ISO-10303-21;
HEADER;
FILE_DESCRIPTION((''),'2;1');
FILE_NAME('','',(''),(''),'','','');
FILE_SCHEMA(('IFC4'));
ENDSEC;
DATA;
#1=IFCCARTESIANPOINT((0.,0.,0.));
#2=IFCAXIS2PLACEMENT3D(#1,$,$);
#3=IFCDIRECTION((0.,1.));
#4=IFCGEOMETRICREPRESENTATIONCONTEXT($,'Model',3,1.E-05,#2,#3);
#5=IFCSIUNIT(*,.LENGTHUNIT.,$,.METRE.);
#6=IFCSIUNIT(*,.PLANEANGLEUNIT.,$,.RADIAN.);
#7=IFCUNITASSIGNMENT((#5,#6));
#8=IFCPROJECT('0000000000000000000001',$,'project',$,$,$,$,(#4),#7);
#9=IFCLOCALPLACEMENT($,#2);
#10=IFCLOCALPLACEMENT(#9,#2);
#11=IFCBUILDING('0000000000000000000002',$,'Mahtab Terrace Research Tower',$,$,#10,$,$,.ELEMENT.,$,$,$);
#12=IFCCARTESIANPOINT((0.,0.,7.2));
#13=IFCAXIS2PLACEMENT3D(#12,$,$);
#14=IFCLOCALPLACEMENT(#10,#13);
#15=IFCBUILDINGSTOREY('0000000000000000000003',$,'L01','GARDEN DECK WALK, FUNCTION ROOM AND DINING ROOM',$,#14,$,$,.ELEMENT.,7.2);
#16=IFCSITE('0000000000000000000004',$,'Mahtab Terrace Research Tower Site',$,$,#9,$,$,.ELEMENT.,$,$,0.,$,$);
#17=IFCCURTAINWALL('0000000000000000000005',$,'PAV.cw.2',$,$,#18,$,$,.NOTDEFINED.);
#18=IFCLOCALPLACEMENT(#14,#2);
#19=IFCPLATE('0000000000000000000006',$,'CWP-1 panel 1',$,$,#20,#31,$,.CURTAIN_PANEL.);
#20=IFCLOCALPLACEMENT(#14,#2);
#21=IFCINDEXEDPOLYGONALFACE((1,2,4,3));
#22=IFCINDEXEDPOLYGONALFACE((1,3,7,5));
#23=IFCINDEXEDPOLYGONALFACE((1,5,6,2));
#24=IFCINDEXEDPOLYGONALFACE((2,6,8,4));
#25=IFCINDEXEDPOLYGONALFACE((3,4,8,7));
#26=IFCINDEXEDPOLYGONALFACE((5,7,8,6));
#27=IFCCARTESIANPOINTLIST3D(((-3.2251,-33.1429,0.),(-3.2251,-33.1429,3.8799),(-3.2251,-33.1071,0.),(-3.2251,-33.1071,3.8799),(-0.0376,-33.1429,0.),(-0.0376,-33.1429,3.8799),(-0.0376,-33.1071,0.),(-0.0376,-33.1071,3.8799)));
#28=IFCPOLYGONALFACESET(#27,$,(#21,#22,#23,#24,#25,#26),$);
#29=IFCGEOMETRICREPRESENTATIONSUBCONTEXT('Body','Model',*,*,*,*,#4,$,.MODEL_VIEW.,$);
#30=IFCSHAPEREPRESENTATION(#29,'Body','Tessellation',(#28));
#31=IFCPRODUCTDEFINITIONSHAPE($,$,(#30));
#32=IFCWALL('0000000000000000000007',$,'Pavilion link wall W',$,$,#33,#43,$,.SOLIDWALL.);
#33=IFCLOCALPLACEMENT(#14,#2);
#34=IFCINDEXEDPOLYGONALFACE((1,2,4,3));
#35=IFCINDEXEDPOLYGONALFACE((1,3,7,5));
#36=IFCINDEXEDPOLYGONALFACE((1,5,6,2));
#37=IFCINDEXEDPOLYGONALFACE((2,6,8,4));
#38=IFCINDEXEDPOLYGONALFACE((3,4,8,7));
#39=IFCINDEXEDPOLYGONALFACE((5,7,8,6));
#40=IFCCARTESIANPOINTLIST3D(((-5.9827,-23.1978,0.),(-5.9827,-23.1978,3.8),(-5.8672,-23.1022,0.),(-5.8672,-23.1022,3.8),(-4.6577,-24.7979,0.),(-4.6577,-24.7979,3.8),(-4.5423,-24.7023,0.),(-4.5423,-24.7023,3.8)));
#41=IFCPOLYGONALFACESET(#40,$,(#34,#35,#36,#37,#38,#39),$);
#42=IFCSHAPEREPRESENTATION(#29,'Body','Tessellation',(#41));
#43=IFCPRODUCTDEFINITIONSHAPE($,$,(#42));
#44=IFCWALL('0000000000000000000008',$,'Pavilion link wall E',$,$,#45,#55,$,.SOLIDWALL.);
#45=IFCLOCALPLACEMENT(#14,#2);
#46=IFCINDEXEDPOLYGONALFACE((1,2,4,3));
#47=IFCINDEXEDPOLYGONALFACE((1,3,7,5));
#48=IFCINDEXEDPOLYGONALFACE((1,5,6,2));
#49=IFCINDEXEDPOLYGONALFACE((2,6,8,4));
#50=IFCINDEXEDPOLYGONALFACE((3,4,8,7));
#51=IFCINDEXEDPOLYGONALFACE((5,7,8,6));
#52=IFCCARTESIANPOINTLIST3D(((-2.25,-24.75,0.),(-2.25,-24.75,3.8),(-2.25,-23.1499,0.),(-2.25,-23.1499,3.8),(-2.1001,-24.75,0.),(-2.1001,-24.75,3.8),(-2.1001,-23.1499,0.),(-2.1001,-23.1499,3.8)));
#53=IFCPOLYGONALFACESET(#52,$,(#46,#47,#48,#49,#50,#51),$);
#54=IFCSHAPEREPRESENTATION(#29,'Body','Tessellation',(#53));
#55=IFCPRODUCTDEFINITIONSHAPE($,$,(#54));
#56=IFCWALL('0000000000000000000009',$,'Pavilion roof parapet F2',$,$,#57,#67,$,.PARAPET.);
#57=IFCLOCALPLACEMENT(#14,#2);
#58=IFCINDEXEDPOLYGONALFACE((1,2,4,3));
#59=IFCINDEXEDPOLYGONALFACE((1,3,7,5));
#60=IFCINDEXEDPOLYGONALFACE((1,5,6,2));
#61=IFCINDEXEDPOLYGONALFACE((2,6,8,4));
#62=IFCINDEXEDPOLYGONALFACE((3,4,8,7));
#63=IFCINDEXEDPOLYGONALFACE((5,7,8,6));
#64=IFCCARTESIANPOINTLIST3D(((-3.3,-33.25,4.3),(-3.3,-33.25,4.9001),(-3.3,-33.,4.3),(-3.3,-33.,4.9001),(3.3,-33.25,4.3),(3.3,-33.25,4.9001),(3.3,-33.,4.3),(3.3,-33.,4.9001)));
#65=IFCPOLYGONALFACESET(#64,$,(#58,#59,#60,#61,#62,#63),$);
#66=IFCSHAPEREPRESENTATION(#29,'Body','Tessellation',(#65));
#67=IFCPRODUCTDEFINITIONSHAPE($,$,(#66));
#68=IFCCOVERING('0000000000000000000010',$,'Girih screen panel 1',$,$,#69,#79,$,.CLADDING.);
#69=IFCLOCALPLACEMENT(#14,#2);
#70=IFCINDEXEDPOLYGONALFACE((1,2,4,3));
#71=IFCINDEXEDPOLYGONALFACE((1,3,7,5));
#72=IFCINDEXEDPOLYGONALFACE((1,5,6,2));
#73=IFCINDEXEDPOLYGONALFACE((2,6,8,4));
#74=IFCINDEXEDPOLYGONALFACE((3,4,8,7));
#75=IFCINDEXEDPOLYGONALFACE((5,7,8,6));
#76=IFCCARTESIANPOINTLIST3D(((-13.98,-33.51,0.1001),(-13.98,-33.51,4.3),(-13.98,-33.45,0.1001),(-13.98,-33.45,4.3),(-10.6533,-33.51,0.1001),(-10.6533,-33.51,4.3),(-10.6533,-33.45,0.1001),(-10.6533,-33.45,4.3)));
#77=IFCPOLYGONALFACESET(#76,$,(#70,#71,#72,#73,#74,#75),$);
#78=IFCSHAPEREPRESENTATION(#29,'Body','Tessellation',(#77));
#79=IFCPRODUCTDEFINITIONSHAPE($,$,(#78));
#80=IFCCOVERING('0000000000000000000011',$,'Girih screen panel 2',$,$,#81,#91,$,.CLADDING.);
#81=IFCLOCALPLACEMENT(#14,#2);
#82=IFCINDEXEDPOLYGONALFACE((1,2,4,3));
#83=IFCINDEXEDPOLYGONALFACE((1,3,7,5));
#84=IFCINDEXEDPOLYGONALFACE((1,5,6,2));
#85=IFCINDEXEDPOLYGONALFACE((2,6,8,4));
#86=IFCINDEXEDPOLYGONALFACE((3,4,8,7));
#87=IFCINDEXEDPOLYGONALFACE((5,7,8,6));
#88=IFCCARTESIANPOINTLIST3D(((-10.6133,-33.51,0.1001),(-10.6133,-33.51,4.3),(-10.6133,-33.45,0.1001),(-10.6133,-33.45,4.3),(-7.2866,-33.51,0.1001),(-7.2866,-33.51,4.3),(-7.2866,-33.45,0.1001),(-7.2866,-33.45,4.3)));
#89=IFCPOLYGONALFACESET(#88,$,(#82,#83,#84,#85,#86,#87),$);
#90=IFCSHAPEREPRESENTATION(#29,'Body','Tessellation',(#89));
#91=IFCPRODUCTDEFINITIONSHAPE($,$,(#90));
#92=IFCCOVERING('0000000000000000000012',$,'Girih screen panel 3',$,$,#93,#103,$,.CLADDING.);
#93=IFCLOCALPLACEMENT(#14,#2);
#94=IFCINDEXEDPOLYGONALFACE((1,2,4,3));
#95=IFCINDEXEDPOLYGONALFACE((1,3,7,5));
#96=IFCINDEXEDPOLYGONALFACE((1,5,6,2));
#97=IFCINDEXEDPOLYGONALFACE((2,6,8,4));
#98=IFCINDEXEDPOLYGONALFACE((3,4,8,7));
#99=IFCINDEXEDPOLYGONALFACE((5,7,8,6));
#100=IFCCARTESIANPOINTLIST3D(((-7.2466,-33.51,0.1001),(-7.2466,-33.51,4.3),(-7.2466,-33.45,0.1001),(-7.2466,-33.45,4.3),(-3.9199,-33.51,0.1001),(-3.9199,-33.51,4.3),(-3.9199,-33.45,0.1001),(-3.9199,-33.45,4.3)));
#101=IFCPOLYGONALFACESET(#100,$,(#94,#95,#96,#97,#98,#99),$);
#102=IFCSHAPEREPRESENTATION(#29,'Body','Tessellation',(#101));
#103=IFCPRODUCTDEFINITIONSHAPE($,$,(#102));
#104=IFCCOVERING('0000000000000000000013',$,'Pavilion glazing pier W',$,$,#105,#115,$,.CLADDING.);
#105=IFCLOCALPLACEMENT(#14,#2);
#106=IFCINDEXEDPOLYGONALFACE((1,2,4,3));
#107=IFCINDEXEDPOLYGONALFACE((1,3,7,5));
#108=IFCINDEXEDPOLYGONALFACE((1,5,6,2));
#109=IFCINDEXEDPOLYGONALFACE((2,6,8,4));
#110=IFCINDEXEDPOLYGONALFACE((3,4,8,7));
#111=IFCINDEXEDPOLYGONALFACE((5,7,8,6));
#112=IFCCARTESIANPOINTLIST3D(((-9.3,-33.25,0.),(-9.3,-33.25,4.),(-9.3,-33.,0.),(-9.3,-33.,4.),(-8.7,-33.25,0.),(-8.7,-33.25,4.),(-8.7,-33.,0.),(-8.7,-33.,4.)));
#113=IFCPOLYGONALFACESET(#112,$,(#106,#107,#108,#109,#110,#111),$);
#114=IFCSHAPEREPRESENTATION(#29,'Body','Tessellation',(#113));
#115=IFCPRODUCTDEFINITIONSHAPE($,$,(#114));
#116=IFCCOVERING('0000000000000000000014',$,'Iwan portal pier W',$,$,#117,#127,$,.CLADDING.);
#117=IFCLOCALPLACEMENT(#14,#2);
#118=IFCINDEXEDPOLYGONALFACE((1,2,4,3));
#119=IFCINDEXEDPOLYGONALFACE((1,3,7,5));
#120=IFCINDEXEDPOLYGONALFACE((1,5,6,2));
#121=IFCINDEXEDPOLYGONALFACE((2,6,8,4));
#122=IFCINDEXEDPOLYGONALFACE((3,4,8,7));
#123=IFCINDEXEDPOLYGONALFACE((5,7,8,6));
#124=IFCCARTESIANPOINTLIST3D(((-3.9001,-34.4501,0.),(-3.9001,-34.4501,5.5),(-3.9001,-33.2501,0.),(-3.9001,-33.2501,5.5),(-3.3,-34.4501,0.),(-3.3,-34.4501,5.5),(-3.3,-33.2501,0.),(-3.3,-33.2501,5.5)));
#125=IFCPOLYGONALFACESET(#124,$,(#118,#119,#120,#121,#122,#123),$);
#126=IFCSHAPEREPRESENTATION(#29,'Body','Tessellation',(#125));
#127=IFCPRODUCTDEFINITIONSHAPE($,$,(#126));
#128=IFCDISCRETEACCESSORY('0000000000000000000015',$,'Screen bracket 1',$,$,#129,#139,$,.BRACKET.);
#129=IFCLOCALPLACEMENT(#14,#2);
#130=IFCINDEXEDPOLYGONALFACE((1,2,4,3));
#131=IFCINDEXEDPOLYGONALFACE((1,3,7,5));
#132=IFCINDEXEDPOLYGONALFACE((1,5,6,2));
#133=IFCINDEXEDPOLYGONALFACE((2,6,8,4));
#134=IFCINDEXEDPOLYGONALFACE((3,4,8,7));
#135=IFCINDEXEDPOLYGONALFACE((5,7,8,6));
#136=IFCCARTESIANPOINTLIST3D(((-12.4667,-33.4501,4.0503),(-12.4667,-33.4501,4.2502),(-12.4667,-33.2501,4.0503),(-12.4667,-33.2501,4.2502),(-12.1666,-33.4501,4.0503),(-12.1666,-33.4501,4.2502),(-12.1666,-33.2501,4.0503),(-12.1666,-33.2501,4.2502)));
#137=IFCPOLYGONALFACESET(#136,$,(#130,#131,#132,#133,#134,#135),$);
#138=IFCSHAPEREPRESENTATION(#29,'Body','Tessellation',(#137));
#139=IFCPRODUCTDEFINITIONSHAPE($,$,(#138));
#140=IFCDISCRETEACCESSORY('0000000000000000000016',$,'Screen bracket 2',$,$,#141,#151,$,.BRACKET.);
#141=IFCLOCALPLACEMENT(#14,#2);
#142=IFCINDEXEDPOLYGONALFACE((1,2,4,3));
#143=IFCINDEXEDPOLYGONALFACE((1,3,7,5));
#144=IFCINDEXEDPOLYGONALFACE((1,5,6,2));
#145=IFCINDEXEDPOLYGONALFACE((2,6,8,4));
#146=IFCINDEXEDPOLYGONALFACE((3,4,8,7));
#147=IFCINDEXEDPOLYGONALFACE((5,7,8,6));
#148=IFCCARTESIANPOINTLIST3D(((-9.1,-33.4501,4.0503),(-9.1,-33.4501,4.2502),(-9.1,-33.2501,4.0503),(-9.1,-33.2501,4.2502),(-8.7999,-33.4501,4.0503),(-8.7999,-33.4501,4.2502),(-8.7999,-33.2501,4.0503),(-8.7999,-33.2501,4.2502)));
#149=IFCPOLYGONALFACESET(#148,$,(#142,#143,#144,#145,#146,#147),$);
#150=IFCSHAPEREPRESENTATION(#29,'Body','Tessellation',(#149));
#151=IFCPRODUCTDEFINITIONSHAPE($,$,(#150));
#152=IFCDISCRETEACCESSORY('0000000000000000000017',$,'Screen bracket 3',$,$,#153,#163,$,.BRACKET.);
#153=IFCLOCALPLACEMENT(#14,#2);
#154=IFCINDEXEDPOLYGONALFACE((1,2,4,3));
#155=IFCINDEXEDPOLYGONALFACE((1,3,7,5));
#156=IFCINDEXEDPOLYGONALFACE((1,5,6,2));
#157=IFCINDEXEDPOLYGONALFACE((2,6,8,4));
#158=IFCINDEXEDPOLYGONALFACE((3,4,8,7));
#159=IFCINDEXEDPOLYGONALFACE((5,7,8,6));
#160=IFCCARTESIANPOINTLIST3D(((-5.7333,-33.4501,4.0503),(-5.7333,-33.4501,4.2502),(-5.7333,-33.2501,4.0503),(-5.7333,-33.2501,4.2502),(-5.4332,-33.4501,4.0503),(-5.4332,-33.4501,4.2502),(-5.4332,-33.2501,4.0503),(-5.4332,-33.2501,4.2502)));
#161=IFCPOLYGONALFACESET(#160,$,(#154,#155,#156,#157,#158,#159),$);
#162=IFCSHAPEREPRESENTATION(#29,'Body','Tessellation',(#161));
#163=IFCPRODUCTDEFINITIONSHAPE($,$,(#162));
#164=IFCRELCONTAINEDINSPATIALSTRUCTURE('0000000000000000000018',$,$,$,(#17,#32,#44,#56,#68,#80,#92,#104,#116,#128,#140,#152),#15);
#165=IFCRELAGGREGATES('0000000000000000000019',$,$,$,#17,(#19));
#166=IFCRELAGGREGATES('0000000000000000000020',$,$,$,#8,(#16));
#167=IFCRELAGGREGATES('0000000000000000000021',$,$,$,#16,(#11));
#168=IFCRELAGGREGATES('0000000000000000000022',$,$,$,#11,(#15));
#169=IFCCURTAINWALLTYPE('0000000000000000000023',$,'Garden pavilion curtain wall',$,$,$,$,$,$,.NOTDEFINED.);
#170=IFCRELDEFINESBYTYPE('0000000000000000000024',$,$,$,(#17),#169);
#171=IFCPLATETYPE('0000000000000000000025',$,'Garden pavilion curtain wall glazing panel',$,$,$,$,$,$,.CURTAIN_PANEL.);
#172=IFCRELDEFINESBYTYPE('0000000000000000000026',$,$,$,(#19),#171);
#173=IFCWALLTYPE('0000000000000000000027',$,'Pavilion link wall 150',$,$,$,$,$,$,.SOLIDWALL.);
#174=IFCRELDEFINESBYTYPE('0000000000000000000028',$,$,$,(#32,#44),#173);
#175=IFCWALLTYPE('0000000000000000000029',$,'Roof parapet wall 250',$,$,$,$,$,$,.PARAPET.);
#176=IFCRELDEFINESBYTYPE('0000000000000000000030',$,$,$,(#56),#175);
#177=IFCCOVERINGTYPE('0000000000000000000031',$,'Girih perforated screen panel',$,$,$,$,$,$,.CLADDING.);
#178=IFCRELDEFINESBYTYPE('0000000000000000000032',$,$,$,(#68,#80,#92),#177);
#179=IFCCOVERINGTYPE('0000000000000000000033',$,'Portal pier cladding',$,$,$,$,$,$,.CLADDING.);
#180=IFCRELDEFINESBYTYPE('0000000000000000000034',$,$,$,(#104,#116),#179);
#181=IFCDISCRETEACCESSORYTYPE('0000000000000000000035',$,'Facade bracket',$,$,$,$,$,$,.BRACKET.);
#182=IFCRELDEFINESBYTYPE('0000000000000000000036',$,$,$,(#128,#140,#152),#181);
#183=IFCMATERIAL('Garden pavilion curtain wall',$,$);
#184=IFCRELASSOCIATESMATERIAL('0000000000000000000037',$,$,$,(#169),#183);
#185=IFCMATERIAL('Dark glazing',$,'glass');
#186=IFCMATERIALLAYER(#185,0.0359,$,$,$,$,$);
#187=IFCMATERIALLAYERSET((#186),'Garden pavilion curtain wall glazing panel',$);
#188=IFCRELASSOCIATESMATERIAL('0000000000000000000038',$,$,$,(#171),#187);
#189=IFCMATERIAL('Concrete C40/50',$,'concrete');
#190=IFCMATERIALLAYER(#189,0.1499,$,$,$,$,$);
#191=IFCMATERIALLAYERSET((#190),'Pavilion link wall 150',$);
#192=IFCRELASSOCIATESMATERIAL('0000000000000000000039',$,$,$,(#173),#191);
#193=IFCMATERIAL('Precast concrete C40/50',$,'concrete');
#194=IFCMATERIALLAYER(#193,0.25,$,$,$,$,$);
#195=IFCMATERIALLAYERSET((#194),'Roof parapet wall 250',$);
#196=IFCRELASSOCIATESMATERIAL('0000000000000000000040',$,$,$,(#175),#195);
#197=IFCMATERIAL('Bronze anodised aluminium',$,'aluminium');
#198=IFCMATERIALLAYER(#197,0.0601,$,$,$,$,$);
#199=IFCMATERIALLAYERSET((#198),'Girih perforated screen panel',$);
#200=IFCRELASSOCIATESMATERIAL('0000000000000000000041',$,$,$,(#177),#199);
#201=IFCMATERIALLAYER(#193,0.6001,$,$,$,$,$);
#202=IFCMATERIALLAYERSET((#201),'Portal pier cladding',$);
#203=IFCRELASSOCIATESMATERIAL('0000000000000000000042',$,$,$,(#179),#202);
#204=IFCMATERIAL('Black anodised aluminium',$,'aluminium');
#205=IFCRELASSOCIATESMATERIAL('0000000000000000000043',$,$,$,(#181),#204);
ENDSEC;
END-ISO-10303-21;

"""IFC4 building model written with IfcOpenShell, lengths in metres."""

from ifc_helpers import new_model, si_unit, direction, frame, frame_2d, origin, origin_2d, place, context, subcontext, project, spatial, rectangle, extrude, material, layer, layer_set, type_object, element, aggregate, save


model = new_model("IFC4")

# Units and contexts
model_context = context("Model", 3, precision=1e-05, world=origin(), true_north=direction((0.0, 1.0)))
body_context = subcontext(model_context, "Body", "Model", "MODEL_VIEW")
ifc_project = project(units=[si_unit("LENGTHUNIT", "METRE"), si_unit("PLANEANGLEUNIT", "RADIAN")], contexts=[model_context])

# Site, building, storey
site_placement = place(None, origin())
site = spatial("IfcSite", under=ifc_project, at=site_placement, Name="Mahtab Terrace Research Tower Site", CompositionType="ELEMENT", RefElevation=0.0)
building_placement = place(site_placement, origin())
building = spatial("IfcBuilding", under=site, at=building_placement, Name="Mahtab Terrace Research Tower", CompositionType="ELEMENT")
storey_placement = place(building_placement, frame((0.0, 0.0, 7.2)))
storey = spatial("IfcBuildingStorey", under=building, at=storey_placement, Name="L01", Description="GARDEN DECK WALK, FUNCTION ROOM AND DINING ROOM", CompositionType="ELEMENT", Elevation=7.2)

# Shared definitions
ifc_material_1 = material(Name="Garden pavilion curtain wall")
curtain_wall_type = type_object("IfcCurtainWallType", Name="Garden pavilion curtain wall", PredefinedType="NOTDEFINED", material=ifc_material_1)

# Curtain wall
curtain_wall_1_placement = place(storey_placement, origin())
curtain_wall_1 = element("IfcCurtainWall", 1, at=curtain_wall_1_placement, inside=storey, type_object=curtain_wall_type, Name="PAV.cw.2", PredefinedType="NOTDEFINED")

# Plate
ifc_material_2 = material(Name="Dark glazing", Category="glass")
ifc_layer_1 = layer(ifc_material_2, 0.0359)
ifc_layer_set_1 = layer_set([ifc_layer_1], Name="Garden pavilion curtain wall glazing panel")
plate_type = type_object("IfcPlateType", Name="Garden pavilion curtain wall glazing panel", PredefinedType="CURTAIN_PANEL", material=ifc_layer_set_1)
plate_1_placement = place(storey_placement, frame((-1.6313, -33.125, 0.0), z_axis=(0.0, 0.0, 1.0), x_axis=(1.0, 0.0, 0.0)))
plate_1 = element("IfcPlate", 2, at=plate_1_placement, type_object=plate_type, Name="CWP-1 panel 1", PredefinedType="CURTAIN_PANEL", context=body_context, shape_type="SweptSolid", body=[
    extrude(rectangle(XDim=3.1875, YDim=0.0359, at=origin_2d()), origin(), (0.0, 0.0, 1.0), 3.8799),
])
aggregate(curtain_wall_1, [plate_1])

# Walls
ifc_material_3 = material(Name="Concrete C40/50", Category="concrete")
ifc_layer_2 = layer(ifc_material_3, 0.1499)
ifc_layer_set_2 = layer_set([ifc_layer_2], Name="Pavilion link wall 150")
wall_type_1 = type_object("IfcWallType", Name="Pavilion link wall 150", PredefinedType="SOLIDWALL", material=ifc_layer_set_2)
wall_1_placement = place(storey_placement, frame((-4.6001, -24.75, 0.0), z_axis=(0.0, 0.0, 1.0), x_axis=(-0.637777, 0.770221, 0.0)))
element("IfcWall", 3, at=wall_1_placement, inside=storey, type_object=wall_type_1, Name="Pavilion link wall W", PredefinedType="SOLIDWALL", context=body_context, shape_type="SweptSolid", body=[
    extrude(rectangle(XDim=2.0774, YDim=0.1499, at=frame_2d((1.0386, 0.0))), origin(), (0.0, 0.0, 1.0), 3.8),
])
wall_2_placement = place(storey_placement, frame((-2.175, -24.75, 0.0), z_axis=(0.0, 0.0, 1.0), x_axis=(0.0, 1.0, 0.0)))
element("IfcWall", 4, at=wall_2_placement, inside=storey, type_object=wall_type_1, Name="Pavilion link wall E", PredefinedType="SOLIDWALL", context=body_context, shape_type="SweptSolid", body=[
    extrude(rectangle(XDim=1.6001, YDim=0.1499, at=frame_2d((0.8, 0.0))), origin(), (0.0, 0.0, 1.0), 3.8),
])
ifc_material_4 = material(Name="Precast concrete C40/50", Category="concrete")
ifc_layer_3 = layer(ifc_material_4, 0.25)
ifc_layer_set_3 = layer_set([ifc_layer_3], Name="Roof parapet wall 250")
wall_type_2 = type_object("IfcWallType", Name="Roof parapet wall 250", PredefinedType="PARAPET", material=ifc_layer_set_3)
wall_3_placement = place(storey_placement, frame((-3.3, -33.125, 4.3), z_axis=(0.0, 0.0, 1.0), x_axis=(1.0, 0.0, 0.0)))
element("IfcWall", 5, at=wall_3_placement, inside=storey, type_object=wall_type_2, Name="Pavilion roof parapet F2", PredefinedType="PARAPET", context=body_context, shape_type="SweptSolid", body=[
    extrude(rectangle(XDim=6.6001, YDim=0.25, at=frame_2d((3.3, 0.0))), origin(), (0.0, 0.0, 1.0), 0.6001),
])

# Coverings
ifc_material_5 = material(Name="Bronze anodised aluminium", Category="aluminium")
ifc_layer_4 = layer(ifc_material_5, 0.0601)
ifc_layer_set_4 = layer_set([ifc_layer_4], Name="Girih perforated screen panel")
covering_type_1 = type_object("IfcCoveringType", Name="Girih perforated screen panel", PredefinedType="CLADDING", material=ifc_layer_set_4)
for number, where, z_axis, x_axis, name in (
    (6, (-12.3167, -33.48, 0.1001), (0.0, 0.0, 1.0), (1.0, 0.0, 0.0), "Girih screen panel 1"),
    (7, (-8.95, -33.48, 0.1001), (0.0, 0.0, 1.0), (1.0, 0.0, 0.0), "Girih screen panel 2"),
    (8, (-5.5833, -33.48, 0.1001), (0.0, 0.0, 1.0), (1.0, 0.0, 0.0), "Girih screen panel 3"),
):
    element("IfcCovering", number, at=place(storey_placement, frame(where, z_axis=z_axis, x_axis=x_axis)), inside=storey, type_object=covering_type_1, Name=name, PredefinedType="CLADDING", context=body_context, shape_type="SweptSolid", body=[
        extrude(rectangle(XDim=3.3267, YDim=0.0601, at=origin_2d()), origin(), (0.0, 0.0, 1.0), 4.2),
    ])
ifc_layer_5 = layer(ifc_material_4, 0.6001)
ifc_layer_set_5 = layer_set([ifc_layer_5], Name="Portal pier cladding")
covering_type_2 = type_object("IfcCoveringType", Name="Portal pier cladding", PredefinedType="CLADDING", material=ifc_layer_set_5)
covering_1_placement = place(storey_placement, frame((-9.0, -33.125, 0.0), z_axis=(0.0, 0.0, 1.0), x_axis=(1.0, 0.0, 0.0)))
element("IfcCovering", 9, at=covering_1_placement, inside=storey, type_object=covering_type_2, Name="Pavilion glazing pier W", PredefinedType="CLADDING", context=body_context, shape_type="SweptSolid", body=[
    extrude(rectangle(XDim=0.6001, YDim=0.25, at=origin_2d()), origin(), (0.0, 0.0, 1.0), 4.0),
])
covering_2_placement = place(storey_placement, frame((-3.6001, -33.8501, 0.0), z_axis=(0.0, 0.0, 1.0), x_axis=(1.0, 0.0, 0.0)))
element("IfcCovering", 10, at=covering_2_placement, inside=storey, type_object=covering_type_2, Name="Iwan portal pier W", PredefinedType="CLADDING", context=body_context, shape_type="SweptSolid", body=[
    extrude(rectangle(XDim=0.6001, YDim=1.2, at=origin_2d()), origin(), (0.0, 0.0, 1.0), 5.5),
])

# Discrete accessories
ifc_material_6 = material(Name="Black anodised aluminium", Category="aluminium")
discrete_accessory_type = type_object("IfcDiscreteAccessoryType", Name="Facade bracket", PredefinedType="BRACKET", material=ifc_material_6)
for number, where, z_axis, x_axis, name in (
    (11, (-12.3167, -33.3501, 4.0503), (0.0, 0.0, 1.0), (1.0, 0.0, 0.0), "Screen bracket 1"),
    (12, (-8.95, -33.3501, 4.0503), (0.0, 0.0, 1.0), (1.0, 0.0, 0.0), "Screen bracket 2"),
    (13, (-5.5833, -33.3501, 4.0503), (0.0, 0.0, 1.0), (1.0, 0.0, 0.0), "Screen bracket 3"),
):
    element("IfcDiscreteAccessory", number, at=place(storey_placement, frame(where, z_axis=z_axis, x_axis=x_axis)), inside=storey, type_object=discrete_accessory_type, Name=name, PredefinedType="BRACKET", context=body_context, shape_type="SweptSolid", body=[
        extrude(rectangle(XDim=0.3, YDim=0.2, at=origin_2d()), origin(), (0.0, 0.0, 1.0), 0.2),
    ])

save(model, "model.ifc")
